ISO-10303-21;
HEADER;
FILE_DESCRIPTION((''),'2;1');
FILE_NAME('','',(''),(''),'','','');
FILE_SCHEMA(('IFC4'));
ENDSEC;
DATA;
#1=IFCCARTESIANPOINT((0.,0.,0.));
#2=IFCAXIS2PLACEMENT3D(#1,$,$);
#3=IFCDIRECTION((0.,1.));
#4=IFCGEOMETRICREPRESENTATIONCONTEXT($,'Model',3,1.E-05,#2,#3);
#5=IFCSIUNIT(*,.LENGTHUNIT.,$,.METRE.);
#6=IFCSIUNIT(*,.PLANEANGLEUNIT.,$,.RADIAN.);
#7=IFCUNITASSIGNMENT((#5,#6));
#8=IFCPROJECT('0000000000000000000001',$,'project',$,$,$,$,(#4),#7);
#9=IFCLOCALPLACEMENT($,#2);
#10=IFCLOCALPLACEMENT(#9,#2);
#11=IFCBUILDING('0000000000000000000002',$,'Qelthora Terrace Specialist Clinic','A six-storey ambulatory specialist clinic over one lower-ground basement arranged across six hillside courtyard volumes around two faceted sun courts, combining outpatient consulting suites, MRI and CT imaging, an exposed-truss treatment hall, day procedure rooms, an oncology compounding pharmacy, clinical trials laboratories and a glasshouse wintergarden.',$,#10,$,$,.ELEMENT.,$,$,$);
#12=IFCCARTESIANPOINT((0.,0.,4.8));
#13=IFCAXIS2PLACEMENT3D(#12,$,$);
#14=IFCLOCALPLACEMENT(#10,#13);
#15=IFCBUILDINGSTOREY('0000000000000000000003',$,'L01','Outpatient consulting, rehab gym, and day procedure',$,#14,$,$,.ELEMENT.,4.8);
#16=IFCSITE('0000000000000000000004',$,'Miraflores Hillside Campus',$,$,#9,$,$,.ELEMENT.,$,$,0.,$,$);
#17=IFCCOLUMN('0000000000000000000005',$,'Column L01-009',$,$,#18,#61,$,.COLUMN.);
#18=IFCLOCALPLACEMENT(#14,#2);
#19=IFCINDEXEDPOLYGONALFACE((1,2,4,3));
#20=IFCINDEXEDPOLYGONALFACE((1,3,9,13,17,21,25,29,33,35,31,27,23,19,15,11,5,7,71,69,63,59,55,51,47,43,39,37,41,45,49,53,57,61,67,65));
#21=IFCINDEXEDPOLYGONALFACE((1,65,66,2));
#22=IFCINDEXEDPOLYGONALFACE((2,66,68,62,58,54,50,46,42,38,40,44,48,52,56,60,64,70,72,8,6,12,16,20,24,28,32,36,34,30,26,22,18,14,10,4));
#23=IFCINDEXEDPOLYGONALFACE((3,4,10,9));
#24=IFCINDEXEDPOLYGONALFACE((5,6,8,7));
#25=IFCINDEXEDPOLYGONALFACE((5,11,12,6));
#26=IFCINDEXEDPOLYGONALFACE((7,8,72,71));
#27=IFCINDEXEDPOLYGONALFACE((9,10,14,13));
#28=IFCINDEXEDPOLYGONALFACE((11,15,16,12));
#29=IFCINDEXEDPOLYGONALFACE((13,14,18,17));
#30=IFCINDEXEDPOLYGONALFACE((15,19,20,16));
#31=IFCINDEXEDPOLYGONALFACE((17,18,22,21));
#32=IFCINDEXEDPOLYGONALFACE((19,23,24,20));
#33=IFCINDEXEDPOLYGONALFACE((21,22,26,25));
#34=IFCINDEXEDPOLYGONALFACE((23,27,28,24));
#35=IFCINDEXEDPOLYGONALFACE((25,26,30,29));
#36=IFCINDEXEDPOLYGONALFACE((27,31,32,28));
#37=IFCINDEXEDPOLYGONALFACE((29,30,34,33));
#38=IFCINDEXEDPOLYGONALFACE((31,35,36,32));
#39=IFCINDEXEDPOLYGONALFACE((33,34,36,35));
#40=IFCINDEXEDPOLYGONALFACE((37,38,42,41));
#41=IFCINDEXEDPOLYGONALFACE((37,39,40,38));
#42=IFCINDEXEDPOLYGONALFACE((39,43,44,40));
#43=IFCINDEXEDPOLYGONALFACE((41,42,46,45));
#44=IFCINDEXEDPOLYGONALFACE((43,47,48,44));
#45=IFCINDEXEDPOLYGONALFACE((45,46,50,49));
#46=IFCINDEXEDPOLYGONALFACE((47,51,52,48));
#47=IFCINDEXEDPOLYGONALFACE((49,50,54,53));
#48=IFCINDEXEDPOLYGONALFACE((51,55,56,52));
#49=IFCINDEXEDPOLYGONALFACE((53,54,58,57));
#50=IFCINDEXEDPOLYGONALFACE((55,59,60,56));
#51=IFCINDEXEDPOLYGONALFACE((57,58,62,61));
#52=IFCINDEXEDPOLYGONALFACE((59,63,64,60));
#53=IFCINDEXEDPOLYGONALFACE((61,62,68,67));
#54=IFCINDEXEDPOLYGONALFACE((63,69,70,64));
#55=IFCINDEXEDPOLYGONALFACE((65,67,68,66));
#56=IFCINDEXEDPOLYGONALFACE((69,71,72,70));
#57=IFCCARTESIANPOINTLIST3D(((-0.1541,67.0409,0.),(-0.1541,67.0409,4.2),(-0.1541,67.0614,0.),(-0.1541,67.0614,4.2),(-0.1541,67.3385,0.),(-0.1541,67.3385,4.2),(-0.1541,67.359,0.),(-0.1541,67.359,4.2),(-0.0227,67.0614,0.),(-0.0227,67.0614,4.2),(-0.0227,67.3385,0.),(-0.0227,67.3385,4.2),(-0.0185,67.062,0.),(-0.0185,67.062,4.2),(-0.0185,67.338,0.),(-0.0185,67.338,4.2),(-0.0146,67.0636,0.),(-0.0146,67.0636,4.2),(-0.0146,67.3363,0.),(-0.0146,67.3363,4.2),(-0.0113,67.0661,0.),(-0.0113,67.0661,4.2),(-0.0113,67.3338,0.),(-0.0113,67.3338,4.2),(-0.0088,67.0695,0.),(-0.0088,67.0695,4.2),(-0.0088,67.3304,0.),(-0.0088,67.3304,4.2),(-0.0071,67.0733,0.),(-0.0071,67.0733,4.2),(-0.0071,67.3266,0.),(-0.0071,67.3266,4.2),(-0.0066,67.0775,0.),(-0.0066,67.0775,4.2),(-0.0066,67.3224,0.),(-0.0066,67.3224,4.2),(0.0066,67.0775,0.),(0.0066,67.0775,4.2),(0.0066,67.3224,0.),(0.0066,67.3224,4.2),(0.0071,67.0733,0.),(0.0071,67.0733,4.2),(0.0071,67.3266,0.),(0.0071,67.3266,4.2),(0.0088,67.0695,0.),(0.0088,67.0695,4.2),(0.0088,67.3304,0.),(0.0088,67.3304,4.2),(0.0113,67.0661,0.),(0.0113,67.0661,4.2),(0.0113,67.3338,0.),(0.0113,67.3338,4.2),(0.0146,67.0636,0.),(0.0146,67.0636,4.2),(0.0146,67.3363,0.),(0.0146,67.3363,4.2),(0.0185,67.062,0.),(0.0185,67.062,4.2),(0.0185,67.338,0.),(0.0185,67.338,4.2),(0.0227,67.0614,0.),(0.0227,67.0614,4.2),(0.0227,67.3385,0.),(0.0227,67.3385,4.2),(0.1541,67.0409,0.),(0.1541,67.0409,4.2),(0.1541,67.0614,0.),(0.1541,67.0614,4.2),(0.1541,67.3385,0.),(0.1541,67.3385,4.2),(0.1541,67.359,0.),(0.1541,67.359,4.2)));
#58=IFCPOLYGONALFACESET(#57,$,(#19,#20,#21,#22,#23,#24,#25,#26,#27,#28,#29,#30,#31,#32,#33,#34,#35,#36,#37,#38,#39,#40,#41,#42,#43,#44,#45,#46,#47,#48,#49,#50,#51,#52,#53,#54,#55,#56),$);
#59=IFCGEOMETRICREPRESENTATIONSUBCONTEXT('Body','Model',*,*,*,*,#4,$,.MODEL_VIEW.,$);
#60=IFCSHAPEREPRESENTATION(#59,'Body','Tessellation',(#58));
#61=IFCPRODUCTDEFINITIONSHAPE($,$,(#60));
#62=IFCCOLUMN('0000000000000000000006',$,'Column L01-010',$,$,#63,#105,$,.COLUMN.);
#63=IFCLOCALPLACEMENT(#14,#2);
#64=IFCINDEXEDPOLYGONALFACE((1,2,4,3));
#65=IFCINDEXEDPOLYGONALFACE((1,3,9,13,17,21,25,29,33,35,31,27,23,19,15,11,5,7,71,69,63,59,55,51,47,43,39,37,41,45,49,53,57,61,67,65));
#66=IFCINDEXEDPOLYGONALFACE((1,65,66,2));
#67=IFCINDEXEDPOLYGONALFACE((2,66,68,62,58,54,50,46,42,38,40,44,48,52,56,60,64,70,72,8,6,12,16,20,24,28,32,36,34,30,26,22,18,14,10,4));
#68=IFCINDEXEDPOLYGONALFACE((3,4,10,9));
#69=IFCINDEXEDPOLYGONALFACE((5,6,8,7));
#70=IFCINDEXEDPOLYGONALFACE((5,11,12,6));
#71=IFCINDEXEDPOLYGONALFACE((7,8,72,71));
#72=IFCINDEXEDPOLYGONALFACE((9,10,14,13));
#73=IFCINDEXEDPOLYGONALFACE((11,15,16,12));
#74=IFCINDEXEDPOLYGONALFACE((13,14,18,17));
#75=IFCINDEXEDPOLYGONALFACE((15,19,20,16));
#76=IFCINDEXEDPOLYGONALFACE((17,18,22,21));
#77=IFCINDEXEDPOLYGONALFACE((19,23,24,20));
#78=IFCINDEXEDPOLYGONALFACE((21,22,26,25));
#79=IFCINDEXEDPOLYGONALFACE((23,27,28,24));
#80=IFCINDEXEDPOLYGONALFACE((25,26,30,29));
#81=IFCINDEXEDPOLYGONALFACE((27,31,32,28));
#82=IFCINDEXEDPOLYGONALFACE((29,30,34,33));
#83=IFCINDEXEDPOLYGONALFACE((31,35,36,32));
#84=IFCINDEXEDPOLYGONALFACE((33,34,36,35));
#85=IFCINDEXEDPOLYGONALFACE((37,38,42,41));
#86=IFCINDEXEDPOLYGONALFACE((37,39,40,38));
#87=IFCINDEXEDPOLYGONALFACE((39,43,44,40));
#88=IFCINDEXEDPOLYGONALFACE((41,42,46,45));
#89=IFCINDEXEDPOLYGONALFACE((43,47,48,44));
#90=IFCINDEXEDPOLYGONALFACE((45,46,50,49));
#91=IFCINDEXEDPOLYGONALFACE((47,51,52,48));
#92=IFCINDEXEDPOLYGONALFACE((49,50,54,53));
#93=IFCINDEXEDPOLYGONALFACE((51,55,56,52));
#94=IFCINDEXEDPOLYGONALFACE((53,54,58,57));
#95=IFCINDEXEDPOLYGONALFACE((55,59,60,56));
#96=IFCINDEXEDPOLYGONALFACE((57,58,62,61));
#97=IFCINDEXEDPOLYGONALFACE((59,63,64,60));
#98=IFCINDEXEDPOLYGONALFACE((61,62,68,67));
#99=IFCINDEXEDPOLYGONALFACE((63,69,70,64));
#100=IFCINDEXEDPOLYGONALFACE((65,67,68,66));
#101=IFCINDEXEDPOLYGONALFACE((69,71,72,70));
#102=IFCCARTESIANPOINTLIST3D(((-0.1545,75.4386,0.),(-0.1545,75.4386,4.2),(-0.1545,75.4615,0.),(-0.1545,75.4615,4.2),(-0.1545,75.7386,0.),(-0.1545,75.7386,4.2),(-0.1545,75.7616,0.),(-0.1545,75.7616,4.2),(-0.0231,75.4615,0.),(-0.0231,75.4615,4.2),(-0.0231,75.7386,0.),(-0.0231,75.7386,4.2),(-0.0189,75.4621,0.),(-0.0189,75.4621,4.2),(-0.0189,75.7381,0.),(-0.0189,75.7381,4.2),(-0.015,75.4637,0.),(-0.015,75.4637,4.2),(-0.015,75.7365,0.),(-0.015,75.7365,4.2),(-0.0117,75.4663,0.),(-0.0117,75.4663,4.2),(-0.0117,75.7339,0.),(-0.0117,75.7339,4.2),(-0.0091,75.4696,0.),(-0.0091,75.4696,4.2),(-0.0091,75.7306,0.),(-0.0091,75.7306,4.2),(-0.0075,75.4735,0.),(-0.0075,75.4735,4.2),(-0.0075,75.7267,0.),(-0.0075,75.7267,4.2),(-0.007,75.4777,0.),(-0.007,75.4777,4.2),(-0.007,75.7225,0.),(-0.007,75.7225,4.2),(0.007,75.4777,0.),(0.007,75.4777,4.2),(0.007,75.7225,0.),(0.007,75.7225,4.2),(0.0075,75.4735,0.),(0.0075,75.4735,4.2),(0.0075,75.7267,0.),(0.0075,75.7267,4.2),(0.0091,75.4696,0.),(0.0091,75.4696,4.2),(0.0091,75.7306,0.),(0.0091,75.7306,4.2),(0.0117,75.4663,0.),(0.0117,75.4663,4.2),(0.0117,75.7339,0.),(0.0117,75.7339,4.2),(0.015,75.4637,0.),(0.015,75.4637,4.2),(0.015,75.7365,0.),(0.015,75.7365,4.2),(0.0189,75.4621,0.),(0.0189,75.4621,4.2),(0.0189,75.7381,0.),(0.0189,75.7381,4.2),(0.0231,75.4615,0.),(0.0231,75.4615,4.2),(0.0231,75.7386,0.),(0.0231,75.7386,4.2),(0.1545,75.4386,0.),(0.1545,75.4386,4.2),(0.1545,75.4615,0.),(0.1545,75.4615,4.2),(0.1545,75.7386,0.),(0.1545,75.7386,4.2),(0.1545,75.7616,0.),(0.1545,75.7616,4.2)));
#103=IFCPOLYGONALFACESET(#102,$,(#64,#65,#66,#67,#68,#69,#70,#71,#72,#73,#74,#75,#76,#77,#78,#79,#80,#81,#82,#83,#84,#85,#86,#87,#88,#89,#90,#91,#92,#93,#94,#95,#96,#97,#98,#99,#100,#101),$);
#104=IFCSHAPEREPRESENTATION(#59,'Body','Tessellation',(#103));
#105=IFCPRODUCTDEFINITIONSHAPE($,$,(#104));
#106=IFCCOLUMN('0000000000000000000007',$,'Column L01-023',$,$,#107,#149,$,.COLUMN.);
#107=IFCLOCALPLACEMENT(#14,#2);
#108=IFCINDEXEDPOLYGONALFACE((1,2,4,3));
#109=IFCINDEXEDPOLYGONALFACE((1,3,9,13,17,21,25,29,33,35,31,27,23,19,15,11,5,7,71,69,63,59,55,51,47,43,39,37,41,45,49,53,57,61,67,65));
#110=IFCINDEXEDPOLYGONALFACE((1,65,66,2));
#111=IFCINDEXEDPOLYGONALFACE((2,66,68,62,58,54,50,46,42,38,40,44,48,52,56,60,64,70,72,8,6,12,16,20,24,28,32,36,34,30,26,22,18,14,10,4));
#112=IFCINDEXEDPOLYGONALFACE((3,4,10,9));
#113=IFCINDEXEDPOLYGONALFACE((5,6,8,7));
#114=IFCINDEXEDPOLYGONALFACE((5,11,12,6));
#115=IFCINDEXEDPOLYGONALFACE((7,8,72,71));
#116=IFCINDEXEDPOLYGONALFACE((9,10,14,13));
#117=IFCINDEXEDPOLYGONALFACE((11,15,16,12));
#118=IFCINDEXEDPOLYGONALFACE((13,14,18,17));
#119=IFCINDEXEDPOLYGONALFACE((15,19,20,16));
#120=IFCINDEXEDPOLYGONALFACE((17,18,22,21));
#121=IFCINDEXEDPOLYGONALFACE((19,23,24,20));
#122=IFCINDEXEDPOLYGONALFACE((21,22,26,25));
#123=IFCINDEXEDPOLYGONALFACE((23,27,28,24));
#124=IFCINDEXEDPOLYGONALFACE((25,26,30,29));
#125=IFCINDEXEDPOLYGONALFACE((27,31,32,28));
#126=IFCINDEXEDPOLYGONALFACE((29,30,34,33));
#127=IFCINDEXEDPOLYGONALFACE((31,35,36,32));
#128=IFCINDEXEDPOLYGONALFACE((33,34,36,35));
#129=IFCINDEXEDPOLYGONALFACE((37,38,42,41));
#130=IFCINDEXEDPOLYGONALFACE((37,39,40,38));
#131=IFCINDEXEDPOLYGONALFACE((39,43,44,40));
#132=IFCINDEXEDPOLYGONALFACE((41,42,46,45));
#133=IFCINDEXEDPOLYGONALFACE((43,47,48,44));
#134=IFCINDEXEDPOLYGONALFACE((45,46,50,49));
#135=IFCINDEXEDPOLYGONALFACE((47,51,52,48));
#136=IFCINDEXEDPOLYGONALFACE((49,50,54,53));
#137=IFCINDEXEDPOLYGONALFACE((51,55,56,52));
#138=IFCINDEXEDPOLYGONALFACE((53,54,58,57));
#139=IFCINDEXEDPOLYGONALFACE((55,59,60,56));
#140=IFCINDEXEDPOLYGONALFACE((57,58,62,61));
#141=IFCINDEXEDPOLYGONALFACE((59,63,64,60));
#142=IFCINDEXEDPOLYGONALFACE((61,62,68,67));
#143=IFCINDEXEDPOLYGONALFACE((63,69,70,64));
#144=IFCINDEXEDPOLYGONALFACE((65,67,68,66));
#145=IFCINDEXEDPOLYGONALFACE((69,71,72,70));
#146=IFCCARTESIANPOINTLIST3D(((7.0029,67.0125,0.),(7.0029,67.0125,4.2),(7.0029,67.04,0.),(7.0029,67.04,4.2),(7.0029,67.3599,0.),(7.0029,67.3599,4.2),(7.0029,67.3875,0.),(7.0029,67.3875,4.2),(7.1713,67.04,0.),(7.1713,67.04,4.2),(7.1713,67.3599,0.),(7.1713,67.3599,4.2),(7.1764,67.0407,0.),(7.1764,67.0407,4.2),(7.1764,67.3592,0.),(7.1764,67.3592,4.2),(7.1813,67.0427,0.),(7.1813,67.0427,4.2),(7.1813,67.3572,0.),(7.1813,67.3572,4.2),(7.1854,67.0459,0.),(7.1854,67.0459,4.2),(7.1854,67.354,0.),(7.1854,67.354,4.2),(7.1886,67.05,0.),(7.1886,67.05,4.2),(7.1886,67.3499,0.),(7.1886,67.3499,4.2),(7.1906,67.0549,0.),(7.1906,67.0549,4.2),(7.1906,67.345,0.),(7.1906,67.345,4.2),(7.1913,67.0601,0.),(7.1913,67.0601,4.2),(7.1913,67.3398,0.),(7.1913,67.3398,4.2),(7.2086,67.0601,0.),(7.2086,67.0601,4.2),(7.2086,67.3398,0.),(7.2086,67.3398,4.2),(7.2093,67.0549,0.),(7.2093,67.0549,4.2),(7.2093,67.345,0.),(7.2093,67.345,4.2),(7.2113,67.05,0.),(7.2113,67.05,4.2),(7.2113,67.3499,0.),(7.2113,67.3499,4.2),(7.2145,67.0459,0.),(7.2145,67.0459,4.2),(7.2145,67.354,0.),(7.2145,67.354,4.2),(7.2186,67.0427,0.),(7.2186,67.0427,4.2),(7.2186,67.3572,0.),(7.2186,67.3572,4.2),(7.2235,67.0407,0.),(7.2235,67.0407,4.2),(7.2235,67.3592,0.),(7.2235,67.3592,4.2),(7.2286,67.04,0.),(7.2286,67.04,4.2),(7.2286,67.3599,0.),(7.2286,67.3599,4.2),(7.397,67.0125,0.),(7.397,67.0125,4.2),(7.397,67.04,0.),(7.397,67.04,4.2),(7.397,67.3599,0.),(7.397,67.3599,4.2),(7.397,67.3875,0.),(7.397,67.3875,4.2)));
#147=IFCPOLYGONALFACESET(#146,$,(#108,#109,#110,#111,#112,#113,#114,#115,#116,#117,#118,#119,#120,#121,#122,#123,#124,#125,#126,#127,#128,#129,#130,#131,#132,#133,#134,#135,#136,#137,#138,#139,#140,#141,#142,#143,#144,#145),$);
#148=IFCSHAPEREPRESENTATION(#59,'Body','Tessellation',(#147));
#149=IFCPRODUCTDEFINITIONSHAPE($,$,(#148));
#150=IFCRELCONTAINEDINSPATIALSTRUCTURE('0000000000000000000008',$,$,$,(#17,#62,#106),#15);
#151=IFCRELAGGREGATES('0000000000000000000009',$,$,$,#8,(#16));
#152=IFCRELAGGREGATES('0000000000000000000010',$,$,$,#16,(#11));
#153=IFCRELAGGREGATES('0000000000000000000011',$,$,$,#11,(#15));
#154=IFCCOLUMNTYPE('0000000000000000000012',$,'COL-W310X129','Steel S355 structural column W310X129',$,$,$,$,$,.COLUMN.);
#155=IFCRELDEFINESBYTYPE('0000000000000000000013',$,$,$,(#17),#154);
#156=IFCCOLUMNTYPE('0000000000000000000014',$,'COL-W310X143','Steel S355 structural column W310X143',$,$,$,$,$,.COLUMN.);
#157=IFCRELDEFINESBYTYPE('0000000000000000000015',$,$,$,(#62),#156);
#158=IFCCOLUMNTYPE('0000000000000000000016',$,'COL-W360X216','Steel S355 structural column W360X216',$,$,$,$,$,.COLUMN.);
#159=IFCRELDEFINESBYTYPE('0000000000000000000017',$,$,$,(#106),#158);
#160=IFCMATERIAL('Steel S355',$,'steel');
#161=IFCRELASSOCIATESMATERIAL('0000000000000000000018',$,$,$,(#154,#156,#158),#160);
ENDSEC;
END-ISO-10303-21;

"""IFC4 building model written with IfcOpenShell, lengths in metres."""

from ifc_helpers import new_model, si_unit, direction, frame, origin, origin_2d, place, context, subcontext, project, spatial, i_section, extrude, material, material_profile, profile_set, type_object, element, save


model = new_model("IFC4")

# Units and contexts
model_context = context("Model", 3, precision=1e-05, world=origin(), true_north=direction((0.0, 1.0)))
body_context = subcontext(model_context, "Body", "Model", "MODEL_VIEW")
ifc_project = project(units=[si_unit("LENGTHUNIT", "METRE"), si_unit("PLANEANGLEUNIT", "RADIAN")], contexts=[model_context])

# Site, building, storey
site_placement = place(None, origin())
site = spatial("IfcSite", under=ifc_project, at=site_placement, Name="Miraflores Hillside Campus", CompositionType="ELEMENT", RefElevation=0.0)
building_placement = place(site_placement, origin())
building = spatial("IfcBuilding", under=site, at=building_placement, Name="Qelthora Terrace Specialist Clinic", Description="A six-storey ambulatory specialist clinic over one lower-ground basement arranged across six hillside courtyard volumes around two faceted sun courts, combining outpatient consulting suites, MRI and CT imaging, an exposed-truss treatment hall, day procedure rooms, an oncology compounding pharmacy, clinical trials laboratories and a glasshouse wintergarden.", CompositionType="ELEMENT")
storey_placement = place(building_placement, frame((0.0, 0.0, 4.8)))
storey = spatial("IfcBuildingStorey", under=building, at=storey_placement, Name="L01", Description="Outpatient consulting, rehab gym, and day procedure", CompositionType="ELEMENT", Elevation=4.8)

# Columns
ifc_material_1 = material(Name="Steel S355", Category="steel")
ifc_material_profile_1 = material_profile(ifc_material_1, i_section(OverallWidth=0.3081, OverallDepth=0.3181, WebThickness=0.0132, FlangeThickness=0.0205, FilletRadius=0.0161, at=origin_2d()), Name="W310X129")
ifc_profile_set_1 = profile_set([ifc_material_profile_1], Name="Steel S355")
column_type_1 = type_object("IfcColumnType", Name="COL-W310X129", Description="Steel S355 structural column W310X129", PredefinedType="COLUMN", material=ifc_profile_set_1)
column_1_placement = place(storey_placement, frame((0.0, 67.2, 0.0), z_axis=(0.0, 0.0, 1.0), x_axis=(1.0, 0.0, 0.0)))
element("IfcColumn", 1, at=column_1_placement, inside=storey, type_object=column_type_1, Name="Column L01-009", PredefinedType="COLUMN", context=body_context, shape_type="SweptSolid", body=[
    extrude(i_section(OverallWidth=0.3081, OverallDepth=0.3181, WebThickness=0.0132, FlangeThickness=0.0205, FilletRadius=0.0161, at=origin_2d()), origin(), (0.0, 0.0, 1.0), 4.2),
])
ifc_material_profile_2 = material_profile(ifc_material_1, i_section(OverallWidth=0.3091, OverallDepth=0.323, WebThickness=0.0139, FlangeThickness=0.0229, FilletRadius=0.0161, at=origin_2d()), Name="W310X143")
ifc_profile_set_2 = profile_set([ifc_material_profile_2], Name="Steel S355")
column_type_2 = type_object("IfcColumnType", Name="COL-W310X143", Description="Steel S355 structural column W310X143", PredefinedType="COLUMN", material=ifc_profile_set_2)
column_2_placement = place(storey_placement, frame((0.0, 75.6001, 0.0), z_axis=(0.0, 0.0, 1.0), x_axis=(1.0, 0.0, 0.0)))
element("IfcColumn", 2, at=column_2_placement, inside=storey, type_object=column_type_2, Name="Column L01-010", PredefinedType="COLUMN", context=body_context, shape_type="SweptSolid", body=[
    extrude(i_section(OverallWidth=0.3091, OverallDepth=0.323, WebThickness=0.0139, FlangeThickness=0.0229, FilletRadius=0.0161, at=origin_2d()), origin(), (0.0, 0.0, 1.0), 4.2),
])
ifc_material_profile_3 = material_profile(ifc_material_1, i_section(OverallWidth=0.394, OverallDepth=0.375, WebThickness=0.0173, FlangeThickness=0.0276, FilletRadius=0.02, at=origin_2d()), Name="W360X216")
ifc_profile_set_3 = profile_set([ifc_material_profile_3], Name="Steel S355")
column_type_3 = type_object("IfcColumnType", Name="COL-W360X216", Description="Steel S355 structural column W360X216", PredefinedType="COLUMN", material=ifc_profile_set_3)
column_3_placement = place(storey_placement, frame((7.2, 67.2, 0.0), z_axis=(0.0, 0.0, 1.0), x_axis=(1.0, 0.0, 0.0)))
element("IfcColumn", 3, at=column_3_placement, inside=storey, type_object=column_type_3, Name="Column L01-023", PredefinedType="COLUMN", context=body_context, shape_type="SweptSolid", body=[
    extrude(i_section(OverallWidth=0.394, OverallDepth=0.375, WebThickness=0.0173, FlangeThickness=0.0276, FilletRadius=0.02, at=origin_2d()), origin(), (0.0, 0.0, 1.0), 4.2),
])

save(model, "model.ifc")
